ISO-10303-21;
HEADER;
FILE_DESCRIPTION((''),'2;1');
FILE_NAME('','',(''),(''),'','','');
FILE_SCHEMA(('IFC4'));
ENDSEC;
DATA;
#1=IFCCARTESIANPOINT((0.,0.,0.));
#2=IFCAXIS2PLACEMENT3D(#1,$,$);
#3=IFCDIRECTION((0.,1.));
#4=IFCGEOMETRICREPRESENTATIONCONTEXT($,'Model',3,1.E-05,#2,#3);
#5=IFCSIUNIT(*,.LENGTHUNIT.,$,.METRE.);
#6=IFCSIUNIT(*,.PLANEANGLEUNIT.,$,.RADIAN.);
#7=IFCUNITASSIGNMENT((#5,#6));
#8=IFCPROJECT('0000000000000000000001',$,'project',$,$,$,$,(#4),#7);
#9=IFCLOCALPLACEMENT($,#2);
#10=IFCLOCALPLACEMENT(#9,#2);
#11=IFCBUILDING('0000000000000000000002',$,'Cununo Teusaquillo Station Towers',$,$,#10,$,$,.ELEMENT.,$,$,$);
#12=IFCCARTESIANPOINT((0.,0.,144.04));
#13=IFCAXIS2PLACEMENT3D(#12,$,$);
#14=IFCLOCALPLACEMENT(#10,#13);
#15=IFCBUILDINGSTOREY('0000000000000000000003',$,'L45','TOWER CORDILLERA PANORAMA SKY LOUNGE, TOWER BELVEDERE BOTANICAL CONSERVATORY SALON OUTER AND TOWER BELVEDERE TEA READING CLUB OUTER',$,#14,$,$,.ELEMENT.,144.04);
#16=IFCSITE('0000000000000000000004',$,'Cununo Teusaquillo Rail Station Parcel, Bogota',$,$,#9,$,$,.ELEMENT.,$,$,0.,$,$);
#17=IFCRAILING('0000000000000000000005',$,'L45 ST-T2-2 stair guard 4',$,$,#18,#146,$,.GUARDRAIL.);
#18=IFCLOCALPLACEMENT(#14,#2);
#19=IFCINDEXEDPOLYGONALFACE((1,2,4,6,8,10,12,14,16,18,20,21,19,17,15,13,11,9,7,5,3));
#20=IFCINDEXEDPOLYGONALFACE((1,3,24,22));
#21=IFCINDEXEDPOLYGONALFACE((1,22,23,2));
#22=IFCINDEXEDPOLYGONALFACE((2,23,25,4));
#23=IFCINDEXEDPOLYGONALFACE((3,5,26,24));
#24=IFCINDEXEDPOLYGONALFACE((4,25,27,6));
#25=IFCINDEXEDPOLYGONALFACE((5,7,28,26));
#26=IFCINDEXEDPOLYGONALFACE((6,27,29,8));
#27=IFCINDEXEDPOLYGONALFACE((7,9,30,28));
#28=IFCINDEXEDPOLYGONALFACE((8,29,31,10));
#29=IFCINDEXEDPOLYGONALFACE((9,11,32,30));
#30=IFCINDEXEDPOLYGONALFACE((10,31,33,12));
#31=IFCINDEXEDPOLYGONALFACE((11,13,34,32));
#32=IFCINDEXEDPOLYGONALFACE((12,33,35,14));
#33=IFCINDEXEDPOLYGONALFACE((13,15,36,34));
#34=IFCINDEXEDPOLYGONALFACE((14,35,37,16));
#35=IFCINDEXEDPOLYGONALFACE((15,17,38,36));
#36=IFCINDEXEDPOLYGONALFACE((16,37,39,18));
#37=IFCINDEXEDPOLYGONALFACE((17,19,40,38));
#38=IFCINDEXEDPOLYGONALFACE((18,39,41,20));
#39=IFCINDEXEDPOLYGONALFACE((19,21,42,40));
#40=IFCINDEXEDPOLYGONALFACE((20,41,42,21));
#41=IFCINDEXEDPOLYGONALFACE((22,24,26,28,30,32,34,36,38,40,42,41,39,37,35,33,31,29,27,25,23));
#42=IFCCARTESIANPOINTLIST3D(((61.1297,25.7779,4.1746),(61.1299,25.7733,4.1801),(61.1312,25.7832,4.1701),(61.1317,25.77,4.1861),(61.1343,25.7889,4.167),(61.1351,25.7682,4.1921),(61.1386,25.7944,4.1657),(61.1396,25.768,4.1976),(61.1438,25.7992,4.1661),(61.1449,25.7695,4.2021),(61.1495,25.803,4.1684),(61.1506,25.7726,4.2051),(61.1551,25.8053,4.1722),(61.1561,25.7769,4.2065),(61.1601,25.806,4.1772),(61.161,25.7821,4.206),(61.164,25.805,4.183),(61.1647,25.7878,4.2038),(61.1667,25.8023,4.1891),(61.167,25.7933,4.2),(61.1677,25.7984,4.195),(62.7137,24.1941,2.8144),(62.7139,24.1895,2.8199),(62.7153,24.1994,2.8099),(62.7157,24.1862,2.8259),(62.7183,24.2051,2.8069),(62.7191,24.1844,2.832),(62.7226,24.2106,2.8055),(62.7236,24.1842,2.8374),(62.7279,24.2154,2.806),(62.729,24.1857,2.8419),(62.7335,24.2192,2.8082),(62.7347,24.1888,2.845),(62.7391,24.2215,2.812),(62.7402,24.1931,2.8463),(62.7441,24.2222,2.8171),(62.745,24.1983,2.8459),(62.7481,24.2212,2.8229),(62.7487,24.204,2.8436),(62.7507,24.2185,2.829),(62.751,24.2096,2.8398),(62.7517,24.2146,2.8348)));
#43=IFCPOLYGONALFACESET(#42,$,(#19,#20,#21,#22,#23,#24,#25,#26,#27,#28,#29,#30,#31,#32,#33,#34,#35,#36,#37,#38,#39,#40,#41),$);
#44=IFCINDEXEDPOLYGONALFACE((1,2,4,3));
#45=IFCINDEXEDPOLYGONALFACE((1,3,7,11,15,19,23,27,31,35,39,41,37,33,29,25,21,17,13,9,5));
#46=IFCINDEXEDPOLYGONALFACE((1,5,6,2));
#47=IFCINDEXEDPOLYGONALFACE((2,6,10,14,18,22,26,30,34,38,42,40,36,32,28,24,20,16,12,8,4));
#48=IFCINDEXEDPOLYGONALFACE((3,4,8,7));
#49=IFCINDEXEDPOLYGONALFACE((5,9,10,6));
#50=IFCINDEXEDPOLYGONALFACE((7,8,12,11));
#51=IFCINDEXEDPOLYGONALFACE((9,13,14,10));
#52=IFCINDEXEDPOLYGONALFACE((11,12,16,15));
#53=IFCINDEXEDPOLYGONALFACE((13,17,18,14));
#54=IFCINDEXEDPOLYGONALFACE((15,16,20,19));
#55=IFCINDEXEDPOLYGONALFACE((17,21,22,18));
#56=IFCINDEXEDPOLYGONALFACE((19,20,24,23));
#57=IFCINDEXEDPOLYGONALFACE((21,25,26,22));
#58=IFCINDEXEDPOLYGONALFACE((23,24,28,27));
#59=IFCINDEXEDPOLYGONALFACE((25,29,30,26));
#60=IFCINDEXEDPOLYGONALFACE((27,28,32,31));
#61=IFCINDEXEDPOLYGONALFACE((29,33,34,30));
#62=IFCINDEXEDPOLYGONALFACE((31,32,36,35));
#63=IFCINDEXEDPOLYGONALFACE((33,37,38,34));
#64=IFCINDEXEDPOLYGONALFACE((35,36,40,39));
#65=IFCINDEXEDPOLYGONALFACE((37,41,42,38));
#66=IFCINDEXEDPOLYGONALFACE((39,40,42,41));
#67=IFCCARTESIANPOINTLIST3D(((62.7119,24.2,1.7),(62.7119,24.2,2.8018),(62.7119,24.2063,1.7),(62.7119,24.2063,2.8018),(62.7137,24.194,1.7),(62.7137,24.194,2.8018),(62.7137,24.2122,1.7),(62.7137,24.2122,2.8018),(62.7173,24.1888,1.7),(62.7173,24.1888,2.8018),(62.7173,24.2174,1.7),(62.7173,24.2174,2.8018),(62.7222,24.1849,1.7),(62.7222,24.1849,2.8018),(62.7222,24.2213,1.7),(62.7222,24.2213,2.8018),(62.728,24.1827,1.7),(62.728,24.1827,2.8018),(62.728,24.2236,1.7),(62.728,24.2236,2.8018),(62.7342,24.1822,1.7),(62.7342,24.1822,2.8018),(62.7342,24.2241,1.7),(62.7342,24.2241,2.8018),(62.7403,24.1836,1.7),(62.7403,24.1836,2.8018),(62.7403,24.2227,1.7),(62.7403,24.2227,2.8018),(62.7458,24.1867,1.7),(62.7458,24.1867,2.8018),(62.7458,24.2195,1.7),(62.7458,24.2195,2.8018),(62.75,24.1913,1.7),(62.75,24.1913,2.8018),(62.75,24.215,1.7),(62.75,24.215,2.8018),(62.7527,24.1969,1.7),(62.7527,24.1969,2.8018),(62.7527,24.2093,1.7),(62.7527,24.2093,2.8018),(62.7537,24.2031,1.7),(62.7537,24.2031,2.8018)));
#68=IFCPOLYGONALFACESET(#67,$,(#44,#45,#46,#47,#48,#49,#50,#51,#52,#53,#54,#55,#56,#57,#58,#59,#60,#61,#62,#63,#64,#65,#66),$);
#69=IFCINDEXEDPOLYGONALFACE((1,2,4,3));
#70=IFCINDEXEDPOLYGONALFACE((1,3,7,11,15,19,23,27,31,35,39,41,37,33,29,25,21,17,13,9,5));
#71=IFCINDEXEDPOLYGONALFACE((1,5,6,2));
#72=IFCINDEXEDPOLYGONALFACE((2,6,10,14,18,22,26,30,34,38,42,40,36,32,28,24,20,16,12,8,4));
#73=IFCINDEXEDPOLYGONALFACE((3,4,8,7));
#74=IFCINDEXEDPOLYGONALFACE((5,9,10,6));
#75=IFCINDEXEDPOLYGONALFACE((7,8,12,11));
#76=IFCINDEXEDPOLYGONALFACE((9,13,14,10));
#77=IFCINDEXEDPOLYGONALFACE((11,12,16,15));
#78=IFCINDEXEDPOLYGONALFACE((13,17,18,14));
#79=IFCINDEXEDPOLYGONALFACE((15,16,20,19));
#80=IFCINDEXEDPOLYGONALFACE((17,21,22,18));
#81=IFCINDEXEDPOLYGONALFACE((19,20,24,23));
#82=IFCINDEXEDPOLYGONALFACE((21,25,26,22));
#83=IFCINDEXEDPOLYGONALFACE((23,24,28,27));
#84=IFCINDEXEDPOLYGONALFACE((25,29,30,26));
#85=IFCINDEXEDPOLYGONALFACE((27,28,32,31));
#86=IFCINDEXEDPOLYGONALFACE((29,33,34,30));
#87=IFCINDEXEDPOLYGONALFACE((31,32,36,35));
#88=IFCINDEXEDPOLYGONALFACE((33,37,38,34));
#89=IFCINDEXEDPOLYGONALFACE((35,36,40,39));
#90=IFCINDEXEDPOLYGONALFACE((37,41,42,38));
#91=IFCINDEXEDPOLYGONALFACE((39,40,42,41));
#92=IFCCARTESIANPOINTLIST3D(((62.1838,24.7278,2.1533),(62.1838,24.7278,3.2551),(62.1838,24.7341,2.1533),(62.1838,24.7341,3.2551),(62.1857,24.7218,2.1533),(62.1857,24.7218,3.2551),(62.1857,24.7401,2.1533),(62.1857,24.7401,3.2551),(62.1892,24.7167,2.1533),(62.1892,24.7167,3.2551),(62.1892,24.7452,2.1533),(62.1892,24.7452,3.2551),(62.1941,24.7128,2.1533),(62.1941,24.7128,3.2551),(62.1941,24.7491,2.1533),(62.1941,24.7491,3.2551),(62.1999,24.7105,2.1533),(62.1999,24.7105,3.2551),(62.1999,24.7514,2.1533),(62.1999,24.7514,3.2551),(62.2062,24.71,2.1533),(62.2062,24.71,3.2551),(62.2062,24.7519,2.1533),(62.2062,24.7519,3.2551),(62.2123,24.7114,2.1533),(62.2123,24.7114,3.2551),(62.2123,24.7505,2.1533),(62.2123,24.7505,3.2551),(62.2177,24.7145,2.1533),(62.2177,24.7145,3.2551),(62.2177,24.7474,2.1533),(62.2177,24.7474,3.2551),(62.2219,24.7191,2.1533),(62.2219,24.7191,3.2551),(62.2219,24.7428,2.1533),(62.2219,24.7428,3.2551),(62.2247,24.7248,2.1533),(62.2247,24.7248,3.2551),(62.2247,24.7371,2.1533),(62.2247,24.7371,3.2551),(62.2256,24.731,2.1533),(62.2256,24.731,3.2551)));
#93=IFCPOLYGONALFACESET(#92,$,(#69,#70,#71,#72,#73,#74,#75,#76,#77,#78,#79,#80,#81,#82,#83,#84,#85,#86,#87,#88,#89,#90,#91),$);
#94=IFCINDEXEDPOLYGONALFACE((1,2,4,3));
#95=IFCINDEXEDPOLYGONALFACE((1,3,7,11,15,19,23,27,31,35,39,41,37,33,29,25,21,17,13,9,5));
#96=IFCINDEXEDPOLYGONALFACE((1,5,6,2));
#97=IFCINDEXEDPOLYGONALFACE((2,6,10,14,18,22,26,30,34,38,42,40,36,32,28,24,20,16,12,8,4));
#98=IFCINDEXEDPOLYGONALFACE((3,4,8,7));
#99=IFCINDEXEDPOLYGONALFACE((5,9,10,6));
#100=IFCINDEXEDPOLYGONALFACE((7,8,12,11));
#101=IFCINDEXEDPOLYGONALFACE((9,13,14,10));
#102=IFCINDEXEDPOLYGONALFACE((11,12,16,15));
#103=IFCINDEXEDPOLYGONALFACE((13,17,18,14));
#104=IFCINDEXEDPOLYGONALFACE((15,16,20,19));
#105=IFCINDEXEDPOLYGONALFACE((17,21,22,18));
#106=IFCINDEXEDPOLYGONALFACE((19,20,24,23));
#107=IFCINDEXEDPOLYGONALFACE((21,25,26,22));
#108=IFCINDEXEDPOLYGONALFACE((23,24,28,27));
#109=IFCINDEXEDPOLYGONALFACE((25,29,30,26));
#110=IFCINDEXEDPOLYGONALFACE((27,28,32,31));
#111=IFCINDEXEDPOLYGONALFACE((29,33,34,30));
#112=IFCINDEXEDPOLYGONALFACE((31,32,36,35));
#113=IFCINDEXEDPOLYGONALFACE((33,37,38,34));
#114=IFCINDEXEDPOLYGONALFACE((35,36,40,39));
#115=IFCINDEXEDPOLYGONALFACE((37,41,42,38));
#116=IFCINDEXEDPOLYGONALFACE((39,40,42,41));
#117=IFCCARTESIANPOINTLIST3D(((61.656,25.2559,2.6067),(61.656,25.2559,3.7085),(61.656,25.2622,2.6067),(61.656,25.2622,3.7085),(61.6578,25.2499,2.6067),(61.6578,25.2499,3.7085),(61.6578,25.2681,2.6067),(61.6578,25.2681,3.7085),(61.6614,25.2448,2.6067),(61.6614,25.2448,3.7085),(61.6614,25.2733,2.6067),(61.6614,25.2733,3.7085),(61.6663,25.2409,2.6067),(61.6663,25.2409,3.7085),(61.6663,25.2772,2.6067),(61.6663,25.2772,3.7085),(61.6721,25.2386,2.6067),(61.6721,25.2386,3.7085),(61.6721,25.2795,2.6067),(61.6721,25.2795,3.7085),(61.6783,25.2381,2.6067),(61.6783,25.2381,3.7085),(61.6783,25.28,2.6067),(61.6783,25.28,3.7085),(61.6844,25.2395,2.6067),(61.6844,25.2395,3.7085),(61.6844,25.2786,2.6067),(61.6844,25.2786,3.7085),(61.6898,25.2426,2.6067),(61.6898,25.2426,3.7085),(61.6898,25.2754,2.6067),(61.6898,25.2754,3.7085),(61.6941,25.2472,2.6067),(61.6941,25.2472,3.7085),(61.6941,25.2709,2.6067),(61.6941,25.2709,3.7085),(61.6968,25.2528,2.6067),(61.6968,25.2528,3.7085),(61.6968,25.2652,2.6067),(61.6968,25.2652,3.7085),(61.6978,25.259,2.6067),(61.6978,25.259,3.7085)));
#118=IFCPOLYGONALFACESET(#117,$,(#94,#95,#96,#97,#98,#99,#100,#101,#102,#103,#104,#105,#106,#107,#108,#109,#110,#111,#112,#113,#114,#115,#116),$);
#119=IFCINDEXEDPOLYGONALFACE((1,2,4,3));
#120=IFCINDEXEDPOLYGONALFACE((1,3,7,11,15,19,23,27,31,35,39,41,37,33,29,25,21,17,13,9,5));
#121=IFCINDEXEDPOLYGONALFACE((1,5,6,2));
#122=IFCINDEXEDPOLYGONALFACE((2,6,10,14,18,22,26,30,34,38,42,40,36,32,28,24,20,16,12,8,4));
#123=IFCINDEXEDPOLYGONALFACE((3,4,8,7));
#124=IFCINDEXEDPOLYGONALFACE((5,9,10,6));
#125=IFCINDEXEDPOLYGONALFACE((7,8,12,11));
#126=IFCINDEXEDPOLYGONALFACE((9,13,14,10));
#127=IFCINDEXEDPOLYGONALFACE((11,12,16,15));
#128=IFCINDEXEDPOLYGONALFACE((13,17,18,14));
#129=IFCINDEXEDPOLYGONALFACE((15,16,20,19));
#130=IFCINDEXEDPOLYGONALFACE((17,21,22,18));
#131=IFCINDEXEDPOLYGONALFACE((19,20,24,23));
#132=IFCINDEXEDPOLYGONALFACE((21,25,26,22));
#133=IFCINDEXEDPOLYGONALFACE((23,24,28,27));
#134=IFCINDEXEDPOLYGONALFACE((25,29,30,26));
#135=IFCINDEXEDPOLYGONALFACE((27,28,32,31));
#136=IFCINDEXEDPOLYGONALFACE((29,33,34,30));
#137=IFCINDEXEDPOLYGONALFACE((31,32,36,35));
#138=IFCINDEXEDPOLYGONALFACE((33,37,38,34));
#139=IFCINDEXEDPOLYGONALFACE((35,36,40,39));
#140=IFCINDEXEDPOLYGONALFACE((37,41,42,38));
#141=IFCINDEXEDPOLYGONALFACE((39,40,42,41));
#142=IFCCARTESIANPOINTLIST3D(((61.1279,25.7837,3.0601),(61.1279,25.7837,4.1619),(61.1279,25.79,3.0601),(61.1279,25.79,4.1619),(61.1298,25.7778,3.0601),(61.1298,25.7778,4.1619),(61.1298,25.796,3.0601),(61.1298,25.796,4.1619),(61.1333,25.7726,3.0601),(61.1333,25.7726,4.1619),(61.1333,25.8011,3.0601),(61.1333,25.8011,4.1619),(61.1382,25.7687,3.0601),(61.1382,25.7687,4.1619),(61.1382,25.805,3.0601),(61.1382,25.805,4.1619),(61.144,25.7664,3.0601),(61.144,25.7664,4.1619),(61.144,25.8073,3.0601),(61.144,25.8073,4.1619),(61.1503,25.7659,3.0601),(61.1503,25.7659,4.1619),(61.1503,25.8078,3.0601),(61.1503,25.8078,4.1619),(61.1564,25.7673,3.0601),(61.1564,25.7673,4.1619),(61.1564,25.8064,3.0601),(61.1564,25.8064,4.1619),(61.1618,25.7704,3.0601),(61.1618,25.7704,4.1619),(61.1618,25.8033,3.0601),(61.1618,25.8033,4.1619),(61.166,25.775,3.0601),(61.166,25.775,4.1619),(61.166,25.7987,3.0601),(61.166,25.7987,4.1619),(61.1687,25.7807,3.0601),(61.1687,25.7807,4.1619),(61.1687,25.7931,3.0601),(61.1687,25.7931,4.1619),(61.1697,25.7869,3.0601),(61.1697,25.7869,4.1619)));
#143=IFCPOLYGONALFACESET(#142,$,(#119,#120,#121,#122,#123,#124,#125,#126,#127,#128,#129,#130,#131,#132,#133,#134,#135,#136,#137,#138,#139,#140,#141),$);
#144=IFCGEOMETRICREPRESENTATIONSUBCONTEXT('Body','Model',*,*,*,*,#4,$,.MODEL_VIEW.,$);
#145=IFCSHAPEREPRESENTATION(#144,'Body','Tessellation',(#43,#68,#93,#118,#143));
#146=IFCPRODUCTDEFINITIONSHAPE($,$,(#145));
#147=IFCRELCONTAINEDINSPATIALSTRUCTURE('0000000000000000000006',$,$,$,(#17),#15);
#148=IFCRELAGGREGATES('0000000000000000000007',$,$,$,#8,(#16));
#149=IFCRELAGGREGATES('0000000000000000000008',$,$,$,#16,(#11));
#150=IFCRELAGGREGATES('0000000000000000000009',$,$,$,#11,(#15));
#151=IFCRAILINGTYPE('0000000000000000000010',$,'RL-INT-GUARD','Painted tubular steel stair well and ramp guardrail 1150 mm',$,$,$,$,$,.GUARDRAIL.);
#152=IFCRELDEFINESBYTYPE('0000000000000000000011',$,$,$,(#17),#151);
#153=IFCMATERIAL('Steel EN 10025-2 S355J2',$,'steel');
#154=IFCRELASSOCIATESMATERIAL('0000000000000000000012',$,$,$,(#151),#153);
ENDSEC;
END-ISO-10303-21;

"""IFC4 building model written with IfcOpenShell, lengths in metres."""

from ifc_helpers import new_model, si_unit, direction, frame, origin, origin_2d, place, context, subcontext, project, spatial, circle, extrude, material, type_object, element, save


model = new_model("IFC4")

# Units and contexts
model_context = context("Model", 3, precision=1e-05, world=origin(), true_north=direction((0.0, 1.0)))
body_context = subcontext(model_context, "Body", "Model", "MODEL_VIEW")
ifc_project = project(units=[si_unit("LENGTHUNIT", "METRE"), si_unit("PLANEANGLEUNIT", "RADIAN")], contexts=[model_context])

# Site, building, storey
site_placement = place(None, origin())
site = spatial("IfcSite", under=ifc_project, at=site_placement, Name="Cununo Teusaquillo Rail Station Parcel, Bogota", CompositionType="ELEMENT", RefElevation=0.0)
building_placement = place(site_placement, origin())
building = spatial("IfcBuilding", under=site, at=building_placement, Name="Cununo Teusaquillo Station Towers", CompositionType="ELEMENT")
storey_placement = place(building_placement, frame((0.0, 0.0, 144.04)))
storey = spatial("IfcBuildingStorey", under=building, at=storey_placement, Name="L45", Description="TOWER CORDILLERA PANORAMA SKY LOUNGE, TOWER BELVEDERE BOTANICAL CONSERVATORY SALON OUTER AND TOWER BELVEDERE TEA READING CLUB OUTER", CompositionType="ELEMENT", Elevation=144.04)

# Railing
ifc_material_1 = material(Name="Steel EN 10025-2 S355J2", Category="steel")
railing_type_1 = type_object("IfcRailingType", Name="RL-INT-GUARD", Description="Painted tubular steel stair well and ramp guardrail 1150 mm", PredefinedType="GUARDRAIL", material=ifc_material_1)
railing_1_placement = place(storey_placement, frame((62.7327, 24.2031, 1.7)))
element("IfcRailing", 1, at=railing_1_placement, inside=storey, type_object=railing_type_1, Name="L45 ST-T2-2 stair guard 4", PredefinedType="GUARDRAIL", context=body_context, shape_type="SweptSolid", body=[
    extrude(circle(Radius=0.0239, at=origin_2d()), frame((0.0, 0.0, 1.126), z_axis=(-0.604454, 0.604361, 0.519022), x_axis=(-0.707052, -0.707161, 0.0)), (0.0, 0.0, 1.0), 2.6206),
    extrude(circle(Radius=0.021, at=origin_2d()), origin(), (0.0, 0.0, 1.0), 1.1018),
    extrude(circle(Radius=0.021, at=origin_2d()), frame((-0.5281, 0.5278, 0.4534)), (0.0, 0.0, 1.0), 1.1018),
    extrude(circle(Radius=0.021, at=origin_2d()), frame((-1.0559, 1.0559, 0.9067)), (0.0, 0.0, 1.0), 1.1018),
    extrude(circle(Radius=0.021, at=origin_2d()), frame((-1.584, 1.5837, 1.3601)), (0.0, 0.0, 1.0), 1.1018),
])

save(model, "model.ifc")
